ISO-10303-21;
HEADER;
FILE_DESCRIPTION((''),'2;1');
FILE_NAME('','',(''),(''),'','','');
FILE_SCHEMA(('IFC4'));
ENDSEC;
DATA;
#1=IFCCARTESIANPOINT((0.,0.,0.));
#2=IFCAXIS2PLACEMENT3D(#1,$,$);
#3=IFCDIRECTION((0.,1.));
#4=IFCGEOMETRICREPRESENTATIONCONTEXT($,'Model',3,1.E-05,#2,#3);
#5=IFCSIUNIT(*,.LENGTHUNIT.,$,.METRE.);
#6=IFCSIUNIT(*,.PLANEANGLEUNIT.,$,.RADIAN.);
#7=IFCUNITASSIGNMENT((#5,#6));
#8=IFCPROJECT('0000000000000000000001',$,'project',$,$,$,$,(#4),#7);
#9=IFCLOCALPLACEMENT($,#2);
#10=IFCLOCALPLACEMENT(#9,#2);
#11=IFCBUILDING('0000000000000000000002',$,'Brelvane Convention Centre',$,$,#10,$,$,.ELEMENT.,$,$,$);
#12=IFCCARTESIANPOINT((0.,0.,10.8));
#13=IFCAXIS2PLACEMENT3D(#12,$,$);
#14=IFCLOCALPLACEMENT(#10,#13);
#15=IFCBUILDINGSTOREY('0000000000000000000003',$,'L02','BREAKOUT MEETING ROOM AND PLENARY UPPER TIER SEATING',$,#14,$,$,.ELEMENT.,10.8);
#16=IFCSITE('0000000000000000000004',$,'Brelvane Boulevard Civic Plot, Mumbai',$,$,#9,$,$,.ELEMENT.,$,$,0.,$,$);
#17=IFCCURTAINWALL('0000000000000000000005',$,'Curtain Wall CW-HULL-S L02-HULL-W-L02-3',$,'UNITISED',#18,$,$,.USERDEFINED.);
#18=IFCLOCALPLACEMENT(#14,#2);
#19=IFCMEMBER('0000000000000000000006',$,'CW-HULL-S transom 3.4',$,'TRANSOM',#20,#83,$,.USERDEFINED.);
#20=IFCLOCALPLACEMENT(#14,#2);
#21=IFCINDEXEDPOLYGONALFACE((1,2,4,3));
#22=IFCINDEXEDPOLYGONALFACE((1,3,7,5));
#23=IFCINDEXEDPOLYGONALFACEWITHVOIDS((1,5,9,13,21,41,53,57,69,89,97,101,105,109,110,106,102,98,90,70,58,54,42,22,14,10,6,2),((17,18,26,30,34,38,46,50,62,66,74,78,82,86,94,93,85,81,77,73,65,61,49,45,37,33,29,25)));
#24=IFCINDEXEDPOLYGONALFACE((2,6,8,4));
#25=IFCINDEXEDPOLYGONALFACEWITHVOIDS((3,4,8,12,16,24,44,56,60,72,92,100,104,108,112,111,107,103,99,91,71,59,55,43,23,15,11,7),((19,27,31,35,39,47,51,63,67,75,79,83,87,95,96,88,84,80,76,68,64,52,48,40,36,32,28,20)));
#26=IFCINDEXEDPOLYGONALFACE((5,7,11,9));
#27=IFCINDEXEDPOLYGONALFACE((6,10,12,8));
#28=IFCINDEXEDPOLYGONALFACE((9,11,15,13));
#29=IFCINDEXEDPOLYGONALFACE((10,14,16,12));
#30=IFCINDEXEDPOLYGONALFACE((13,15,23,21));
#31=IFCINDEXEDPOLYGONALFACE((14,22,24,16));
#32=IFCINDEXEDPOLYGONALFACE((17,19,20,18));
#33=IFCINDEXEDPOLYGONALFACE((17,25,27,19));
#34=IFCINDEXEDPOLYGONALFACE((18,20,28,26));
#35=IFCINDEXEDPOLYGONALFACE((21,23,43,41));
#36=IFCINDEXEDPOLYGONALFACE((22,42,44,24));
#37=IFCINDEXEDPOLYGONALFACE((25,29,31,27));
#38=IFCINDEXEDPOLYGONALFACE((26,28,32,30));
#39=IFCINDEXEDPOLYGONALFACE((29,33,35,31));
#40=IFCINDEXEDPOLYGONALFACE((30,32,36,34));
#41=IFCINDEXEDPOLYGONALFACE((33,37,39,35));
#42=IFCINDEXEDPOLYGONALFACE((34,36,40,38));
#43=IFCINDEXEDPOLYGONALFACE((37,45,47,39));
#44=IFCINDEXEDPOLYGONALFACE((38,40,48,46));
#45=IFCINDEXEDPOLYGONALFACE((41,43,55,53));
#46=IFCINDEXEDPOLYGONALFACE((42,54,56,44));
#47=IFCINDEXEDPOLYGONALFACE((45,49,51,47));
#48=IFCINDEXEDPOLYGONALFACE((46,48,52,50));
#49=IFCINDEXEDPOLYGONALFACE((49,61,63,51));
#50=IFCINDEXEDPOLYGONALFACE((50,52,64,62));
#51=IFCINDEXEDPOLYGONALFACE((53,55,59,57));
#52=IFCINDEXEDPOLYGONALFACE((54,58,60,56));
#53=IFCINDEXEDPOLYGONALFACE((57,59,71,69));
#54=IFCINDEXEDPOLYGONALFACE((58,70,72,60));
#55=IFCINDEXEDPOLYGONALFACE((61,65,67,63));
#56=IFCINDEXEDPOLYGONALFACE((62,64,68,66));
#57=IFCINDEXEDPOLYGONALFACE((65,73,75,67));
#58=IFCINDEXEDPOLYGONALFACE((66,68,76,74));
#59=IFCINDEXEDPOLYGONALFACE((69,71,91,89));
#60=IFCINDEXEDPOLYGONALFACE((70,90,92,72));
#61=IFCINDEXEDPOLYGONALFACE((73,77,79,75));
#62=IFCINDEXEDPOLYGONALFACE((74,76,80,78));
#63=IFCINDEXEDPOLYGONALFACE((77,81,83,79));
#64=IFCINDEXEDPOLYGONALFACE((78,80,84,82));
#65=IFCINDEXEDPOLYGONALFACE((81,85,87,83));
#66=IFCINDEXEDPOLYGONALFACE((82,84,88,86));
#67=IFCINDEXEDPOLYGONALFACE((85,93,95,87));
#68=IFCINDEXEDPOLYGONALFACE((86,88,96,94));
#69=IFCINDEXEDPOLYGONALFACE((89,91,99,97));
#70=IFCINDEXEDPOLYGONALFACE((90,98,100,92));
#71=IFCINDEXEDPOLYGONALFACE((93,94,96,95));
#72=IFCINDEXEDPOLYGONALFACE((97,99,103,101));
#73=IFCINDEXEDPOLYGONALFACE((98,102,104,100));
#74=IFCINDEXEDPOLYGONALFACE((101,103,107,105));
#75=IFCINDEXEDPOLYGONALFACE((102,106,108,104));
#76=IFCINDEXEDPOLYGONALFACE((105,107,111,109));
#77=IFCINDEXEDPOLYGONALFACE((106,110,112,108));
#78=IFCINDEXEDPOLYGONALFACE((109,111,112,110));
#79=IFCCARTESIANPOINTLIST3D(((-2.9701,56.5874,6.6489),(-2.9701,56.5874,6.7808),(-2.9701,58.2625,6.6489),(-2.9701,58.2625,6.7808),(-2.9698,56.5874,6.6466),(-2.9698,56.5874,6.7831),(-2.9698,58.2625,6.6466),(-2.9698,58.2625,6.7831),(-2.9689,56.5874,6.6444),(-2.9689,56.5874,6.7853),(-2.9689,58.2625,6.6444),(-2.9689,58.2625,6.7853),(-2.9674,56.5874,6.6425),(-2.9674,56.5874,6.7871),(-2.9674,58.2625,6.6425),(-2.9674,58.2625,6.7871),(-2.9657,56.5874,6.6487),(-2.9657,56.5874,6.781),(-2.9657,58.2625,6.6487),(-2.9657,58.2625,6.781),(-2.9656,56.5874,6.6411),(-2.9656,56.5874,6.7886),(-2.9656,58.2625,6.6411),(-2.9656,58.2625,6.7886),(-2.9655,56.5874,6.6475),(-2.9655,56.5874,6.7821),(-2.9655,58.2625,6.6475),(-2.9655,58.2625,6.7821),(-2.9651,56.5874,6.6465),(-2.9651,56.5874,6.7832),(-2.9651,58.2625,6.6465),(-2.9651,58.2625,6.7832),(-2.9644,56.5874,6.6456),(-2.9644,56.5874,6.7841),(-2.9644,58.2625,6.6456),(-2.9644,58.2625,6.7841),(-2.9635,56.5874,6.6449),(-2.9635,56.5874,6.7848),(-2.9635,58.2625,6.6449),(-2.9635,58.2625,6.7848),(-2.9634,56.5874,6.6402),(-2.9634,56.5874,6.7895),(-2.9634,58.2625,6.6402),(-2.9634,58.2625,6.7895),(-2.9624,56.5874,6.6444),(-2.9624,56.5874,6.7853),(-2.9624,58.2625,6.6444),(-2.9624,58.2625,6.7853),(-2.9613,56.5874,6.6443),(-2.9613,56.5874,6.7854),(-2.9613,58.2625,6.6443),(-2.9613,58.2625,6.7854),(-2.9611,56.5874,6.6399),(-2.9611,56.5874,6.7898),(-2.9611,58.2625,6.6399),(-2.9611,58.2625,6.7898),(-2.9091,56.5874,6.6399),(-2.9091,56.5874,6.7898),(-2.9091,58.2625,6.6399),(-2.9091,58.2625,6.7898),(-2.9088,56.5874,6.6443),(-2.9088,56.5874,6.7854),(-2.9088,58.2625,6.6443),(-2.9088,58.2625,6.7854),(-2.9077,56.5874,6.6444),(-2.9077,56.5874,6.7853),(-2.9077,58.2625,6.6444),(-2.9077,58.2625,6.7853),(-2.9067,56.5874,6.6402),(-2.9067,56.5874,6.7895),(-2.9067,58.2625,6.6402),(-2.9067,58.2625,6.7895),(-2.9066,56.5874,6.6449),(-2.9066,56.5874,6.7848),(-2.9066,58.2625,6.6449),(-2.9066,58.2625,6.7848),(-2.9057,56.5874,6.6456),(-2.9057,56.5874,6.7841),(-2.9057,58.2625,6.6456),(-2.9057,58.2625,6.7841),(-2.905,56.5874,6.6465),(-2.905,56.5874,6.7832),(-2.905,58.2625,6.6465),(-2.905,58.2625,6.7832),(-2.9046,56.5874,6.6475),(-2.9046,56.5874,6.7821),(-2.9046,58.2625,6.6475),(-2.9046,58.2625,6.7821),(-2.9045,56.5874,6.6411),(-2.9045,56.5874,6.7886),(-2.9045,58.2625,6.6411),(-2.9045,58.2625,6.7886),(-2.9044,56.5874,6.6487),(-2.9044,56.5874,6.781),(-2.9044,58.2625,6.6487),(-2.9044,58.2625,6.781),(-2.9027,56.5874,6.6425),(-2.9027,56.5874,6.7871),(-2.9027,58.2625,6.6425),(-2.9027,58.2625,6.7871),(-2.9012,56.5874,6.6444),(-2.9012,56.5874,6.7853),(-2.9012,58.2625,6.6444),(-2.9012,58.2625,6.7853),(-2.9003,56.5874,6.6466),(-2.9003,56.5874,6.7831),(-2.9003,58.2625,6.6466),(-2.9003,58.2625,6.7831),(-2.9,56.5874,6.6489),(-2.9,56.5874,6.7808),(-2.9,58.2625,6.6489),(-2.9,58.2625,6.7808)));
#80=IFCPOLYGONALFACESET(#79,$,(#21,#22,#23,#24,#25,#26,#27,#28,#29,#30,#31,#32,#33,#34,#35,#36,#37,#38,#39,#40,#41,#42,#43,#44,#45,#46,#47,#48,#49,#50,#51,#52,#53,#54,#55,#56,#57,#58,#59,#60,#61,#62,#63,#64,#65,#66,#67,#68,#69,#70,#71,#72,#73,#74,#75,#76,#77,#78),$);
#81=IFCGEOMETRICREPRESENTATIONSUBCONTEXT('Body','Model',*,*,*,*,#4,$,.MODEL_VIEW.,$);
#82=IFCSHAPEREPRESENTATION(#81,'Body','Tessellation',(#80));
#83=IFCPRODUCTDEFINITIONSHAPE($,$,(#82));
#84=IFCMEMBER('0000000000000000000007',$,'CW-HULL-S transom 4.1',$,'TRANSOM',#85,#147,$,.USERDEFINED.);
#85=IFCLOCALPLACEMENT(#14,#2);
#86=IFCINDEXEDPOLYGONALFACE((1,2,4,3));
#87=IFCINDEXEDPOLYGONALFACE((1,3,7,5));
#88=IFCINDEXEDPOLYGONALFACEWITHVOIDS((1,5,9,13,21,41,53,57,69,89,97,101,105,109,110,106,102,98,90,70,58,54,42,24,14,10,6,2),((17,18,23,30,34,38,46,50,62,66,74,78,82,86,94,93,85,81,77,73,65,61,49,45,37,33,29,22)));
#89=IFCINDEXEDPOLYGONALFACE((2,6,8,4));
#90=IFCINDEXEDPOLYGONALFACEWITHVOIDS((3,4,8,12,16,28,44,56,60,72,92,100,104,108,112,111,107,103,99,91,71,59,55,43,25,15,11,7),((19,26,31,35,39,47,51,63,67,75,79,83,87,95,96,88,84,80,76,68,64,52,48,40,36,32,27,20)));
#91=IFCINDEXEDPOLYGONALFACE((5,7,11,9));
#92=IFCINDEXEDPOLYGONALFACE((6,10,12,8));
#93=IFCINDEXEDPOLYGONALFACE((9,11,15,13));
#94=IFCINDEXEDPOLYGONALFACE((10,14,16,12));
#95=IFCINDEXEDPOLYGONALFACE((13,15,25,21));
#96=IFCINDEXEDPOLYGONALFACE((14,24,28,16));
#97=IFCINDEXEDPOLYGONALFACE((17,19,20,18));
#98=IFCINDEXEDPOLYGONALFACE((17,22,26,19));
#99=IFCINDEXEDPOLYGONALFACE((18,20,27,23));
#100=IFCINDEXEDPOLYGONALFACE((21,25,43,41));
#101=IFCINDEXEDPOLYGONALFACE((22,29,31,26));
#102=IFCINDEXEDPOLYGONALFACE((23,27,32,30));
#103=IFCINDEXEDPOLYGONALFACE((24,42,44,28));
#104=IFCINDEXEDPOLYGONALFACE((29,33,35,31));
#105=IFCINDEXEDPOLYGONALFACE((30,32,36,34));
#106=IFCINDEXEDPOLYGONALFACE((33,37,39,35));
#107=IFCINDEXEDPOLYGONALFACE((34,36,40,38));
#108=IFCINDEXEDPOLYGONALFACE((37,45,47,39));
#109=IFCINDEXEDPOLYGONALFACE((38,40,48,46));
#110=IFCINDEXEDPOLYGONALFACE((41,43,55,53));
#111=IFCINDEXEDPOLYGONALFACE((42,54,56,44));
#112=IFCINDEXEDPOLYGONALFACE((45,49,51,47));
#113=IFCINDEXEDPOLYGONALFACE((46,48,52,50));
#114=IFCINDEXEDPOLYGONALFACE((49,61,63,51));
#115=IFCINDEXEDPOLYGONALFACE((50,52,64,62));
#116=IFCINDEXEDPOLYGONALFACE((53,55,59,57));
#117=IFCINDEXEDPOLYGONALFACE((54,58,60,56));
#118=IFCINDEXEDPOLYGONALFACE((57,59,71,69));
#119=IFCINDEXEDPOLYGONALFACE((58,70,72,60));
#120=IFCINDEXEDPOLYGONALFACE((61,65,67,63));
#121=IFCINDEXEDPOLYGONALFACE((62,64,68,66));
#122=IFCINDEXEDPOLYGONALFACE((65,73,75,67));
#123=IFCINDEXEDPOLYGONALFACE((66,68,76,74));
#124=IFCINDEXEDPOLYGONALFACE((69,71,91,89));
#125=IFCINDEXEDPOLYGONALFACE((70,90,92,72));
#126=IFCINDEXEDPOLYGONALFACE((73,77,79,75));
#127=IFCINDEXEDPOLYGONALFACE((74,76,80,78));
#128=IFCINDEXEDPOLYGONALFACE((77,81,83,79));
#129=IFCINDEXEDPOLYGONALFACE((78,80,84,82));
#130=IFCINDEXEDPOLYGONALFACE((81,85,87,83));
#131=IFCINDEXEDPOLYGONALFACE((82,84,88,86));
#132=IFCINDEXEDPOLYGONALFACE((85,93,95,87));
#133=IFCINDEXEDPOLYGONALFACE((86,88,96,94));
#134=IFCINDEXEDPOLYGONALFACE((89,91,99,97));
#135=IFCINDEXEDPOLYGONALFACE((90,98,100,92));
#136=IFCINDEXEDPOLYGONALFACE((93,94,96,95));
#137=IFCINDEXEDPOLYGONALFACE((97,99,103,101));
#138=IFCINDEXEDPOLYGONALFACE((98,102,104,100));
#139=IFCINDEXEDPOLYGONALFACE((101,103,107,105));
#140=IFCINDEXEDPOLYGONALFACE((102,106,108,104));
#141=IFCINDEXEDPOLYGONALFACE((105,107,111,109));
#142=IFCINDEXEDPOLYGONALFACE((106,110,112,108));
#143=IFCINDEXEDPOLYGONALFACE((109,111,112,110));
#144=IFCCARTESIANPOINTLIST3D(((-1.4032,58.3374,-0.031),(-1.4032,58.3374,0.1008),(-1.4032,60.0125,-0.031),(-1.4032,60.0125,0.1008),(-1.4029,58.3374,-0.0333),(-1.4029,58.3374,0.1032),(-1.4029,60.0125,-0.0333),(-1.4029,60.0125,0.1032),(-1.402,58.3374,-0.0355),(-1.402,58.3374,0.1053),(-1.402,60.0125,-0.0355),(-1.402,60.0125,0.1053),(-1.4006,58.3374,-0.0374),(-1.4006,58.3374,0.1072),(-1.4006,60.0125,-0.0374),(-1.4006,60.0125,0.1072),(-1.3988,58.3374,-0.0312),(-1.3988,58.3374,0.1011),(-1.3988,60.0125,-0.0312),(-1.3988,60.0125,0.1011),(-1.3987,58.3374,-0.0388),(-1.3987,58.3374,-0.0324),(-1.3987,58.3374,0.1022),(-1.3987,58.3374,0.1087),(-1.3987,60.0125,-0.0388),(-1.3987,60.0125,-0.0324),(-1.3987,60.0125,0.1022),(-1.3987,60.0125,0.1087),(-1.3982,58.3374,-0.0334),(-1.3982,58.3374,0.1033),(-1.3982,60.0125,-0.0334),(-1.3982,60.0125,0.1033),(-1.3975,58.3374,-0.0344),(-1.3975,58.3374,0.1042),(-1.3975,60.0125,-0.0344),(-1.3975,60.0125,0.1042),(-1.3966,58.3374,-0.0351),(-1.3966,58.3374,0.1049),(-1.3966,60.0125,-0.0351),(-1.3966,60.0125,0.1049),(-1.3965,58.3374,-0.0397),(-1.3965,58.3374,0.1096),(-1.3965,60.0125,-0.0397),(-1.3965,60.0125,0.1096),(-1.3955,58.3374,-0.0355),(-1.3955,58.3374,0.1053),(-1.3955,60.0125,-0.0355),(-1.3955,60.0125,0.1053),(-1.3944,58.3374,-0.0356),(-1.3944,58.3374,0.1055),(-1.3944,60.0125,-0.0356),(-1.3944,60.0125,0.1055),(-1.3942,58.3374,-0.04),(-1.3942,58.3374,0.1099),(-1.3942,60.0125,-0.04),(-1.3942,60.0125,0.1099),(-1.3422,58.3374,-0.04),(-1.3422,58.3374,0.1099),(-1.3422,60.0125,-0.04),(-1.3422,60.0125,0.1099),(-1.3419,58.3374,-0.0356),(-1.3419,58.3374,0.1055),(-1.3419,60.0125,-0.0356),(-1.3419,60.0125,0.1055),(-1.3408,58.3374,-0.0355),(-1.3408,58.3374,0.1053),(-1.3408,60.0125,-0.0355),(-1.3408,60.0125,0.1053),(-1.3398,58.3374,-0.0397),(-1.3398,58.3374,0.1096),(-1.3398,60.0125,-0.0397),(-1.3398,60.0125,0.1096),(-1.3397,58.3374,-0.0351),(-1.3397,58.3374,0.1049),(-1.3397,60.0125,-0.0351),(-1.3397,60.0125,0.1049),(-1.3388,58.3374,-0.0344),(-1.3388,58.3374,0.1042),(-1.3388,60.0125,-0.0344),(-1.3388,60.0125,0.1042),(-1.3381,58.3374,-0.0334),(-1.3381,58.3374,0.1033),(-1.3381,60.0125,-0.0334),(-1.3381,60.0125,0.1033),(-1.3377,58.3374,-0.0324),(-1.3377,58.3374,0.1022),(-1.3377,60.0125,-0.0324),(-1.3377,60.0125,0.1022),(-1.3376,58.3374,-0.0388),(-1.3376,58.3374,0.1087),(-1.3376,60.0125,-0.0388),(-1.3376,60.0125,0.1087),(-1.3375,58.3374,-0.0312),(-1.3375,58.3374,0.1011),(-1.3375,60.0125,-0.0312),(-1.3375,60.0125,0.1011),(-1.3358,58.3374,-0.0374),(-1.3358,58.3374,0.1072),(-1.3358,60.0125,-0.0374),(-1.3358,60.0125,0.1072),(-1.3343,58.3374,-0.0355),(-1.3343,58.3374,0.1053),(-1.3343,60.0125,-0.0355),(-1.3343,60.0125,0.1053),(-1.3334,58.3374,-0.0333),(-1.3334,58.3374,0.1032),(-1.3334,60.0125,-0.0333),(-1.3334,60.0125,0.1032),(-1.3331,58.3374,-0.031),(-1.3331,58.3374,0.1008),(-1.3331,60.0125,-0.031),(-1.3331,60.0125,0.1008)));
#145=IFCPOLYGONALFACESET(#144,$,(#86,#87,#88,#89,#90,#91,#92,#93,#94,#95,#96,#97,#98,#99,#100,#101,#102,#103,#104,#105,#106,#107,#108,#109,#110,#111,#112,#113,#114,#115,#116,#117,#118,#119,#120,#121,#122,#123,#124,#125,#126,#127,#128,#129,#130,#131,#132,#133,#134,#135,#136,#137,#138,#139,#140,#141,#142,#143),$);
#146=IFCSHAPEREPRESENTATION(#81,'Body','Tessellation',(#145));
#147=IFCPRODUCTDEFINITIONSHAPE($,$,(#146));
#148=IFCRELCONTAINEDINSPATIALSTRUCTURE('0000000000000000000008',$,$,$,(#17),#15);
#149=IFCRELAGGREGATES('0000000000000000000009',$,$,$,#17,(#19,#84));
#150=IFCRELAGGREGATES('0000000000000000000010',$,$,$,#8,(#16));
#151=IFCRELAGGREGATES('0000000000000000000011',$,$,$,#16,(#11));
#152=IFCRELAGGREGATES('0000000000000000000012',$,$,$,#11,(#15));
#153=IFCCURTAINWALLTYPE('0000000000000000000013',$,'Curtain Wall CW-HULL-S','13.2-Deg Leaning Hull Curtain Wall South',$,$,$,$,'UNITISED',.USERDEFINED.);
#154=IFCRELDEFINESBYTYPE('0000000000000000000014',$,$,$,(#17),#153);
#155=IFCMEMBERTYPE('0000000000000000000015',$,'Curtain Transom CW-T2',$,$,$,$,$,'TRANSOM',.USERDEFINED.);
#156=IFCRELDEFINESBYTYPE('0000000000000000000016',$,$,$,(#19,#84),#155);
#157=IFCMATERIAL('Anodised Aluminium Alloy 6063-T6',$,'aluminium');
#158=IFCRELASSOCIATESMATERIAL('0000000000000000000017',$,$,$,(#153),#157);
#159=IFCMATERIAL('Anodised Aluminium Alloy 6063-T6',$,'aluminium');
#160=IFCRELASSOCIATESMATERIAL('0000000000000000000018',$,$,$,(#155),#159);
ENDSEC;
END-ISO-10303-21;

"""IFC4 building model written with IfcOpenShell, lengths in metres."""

from ifc_helpers import new_model, si_unit, direction, frame, origin, origin_2d, place, context, subcontext, project, spatial, hollow_rectangle, extrude, material, material_profile, profile_set, type_object, element, aggregate, save


model = new_model("IFC4")

# Units and contexts
model_context = context("Model", 3, precision=1e-05, world=origin(), true_north=direction((0.0, 1.0)))
body_context = subcontext(model_context, "Body", "Model", "MODEL_VIEW")
ifc_project = project(units=[si_unit("LENGTHUNIT", "METRE"), si_unit("PLANEANGLEUNIT", "RADIAN")], contexts=[model_context])

# Site, building, storey
site_placement = place(None, origin())
site = spatial("IfcSite", under=ifc_project, at=site_placement, Name="Brelvane Boulevard Civic Plot, Mumbai", CompositionType="ELEMENT", RefElevation=0.0)
building_placement = place(site_placement, origin())
building = spatial("IfcBuilding", under=site, at=building_placement, Name="Brelvane Convention Centre", CompositionType="ELEMENT")
storey_placement = place(building_placement, frame((0.0, 0.0, 10.8)))
storey = spatial("IfcBuildingStorey", under=building, at=storey_placement, Name="L02", Description="BREAKOUT MEETING ROOM AND PLENARY UPPER TIER SEATING", CompositionType="ELEMENT", Elevation=10.8)

# Curtain wall, members
ifc_material_1 = material(Name="Anodised Aluminium Alloy 6063-T6", Category="aluminium")
curtain_wall_type = type_object("IfcCurtainWallType", Name="Curtain Wall CW-HULL-S", Description="13.2-Deg Leaning Hull Curtain Wall South", ElementType="UNITISED", PredefinedType="USERDEFINED", material=ifc_material_1)
curtain_wall_placement = place(storey_placement, origin())
curtain_wall = element("IfcCurtainWall", 1, at=curtain_wall_placement, inside=storey, type_object=curtain_wall_type, Name="Curtain Wall CW-HULL-S L02-HULL-W-L02-3", ObjectType="UNITISED", PredefinedType="USERDEFINED")
ifc_material_2 = material(Name="Anodised Aluminium Alloy 6063-T6", Category="aluminium")
ifc_material_profile_1 = material_profile(ifc_material_2, hollow_rectangle(XDim=0.0701, YDim=0.1499, WallThickness=0.0044, InnerFilletRadius=0.0044, OuterFilletRadius=0.009, at=origin_2d()), Name="ALU-T 150x70x4.5")
ifc_profile_set_1 = profile_set([ifc_material_profile_1], Name="Anodised Aluminium Alloy 6063-T6")
member_type_1 = type_object("IfcMemberType", Name="Curtain Transom CW-T2", ElementType="TRANSOM", PredefinedType="USERDEFINED", material=ifc_profile_set_1)
member_1_placement = place(storey_placement, frame((-2.9351, 56.5874, 6.7148), z_axis=(0.0, 1.0, 0.0), x_axis=(-1.0, 0.0, 0.0)))
member_1 = element("IfcMember", 2, at=member_1_placement, type_object=member_type_1, Name="CW-HULL-S transom 3.4", ObjectType="TRANSOM", PredefinedType="USERDEFINED", context=body_context, shape_type="SweptSolid", body=[
    extrude(hollow_rectangle(XDim=0.0701, YDim=0.1499, WallThickness=0.0044, InnerFilletRadius=0.0044, OuterFilletRadius=0.009, at=origin_2d()), origin(), (0.0, 0.0, 1.0), 1.675),
])
member_2_placement = place(storey_placement, frame((-1.3682, 58.3374, 0.0349), z_axis=(0.0, 1.0, 0.0), x_axis=(-1.0, 0.0, 0.0)))
member_2 = element("IfcMember", 3, at=member_2_placement, type_object=member_type_1, Name="CW-HULL-S transom 4.1", ObjectType="TRANSOM", PredefinedType="USERDEFINED", context=body_context, shape_type="SweptSolid", body=[
    extrude(hollow_rectangle(XDim=0.0701, YDim=0.1499, WallThickness=0.0044, InnerFilletRadius=0.0044, OuterFilletRadius=0.009, at=origin_2d()), origin(), (0.0, 0.0, 1.0), 1.675),
])
aggregate(curtain_wall, [member_1, member_2])

save(model, "model.ifc")
